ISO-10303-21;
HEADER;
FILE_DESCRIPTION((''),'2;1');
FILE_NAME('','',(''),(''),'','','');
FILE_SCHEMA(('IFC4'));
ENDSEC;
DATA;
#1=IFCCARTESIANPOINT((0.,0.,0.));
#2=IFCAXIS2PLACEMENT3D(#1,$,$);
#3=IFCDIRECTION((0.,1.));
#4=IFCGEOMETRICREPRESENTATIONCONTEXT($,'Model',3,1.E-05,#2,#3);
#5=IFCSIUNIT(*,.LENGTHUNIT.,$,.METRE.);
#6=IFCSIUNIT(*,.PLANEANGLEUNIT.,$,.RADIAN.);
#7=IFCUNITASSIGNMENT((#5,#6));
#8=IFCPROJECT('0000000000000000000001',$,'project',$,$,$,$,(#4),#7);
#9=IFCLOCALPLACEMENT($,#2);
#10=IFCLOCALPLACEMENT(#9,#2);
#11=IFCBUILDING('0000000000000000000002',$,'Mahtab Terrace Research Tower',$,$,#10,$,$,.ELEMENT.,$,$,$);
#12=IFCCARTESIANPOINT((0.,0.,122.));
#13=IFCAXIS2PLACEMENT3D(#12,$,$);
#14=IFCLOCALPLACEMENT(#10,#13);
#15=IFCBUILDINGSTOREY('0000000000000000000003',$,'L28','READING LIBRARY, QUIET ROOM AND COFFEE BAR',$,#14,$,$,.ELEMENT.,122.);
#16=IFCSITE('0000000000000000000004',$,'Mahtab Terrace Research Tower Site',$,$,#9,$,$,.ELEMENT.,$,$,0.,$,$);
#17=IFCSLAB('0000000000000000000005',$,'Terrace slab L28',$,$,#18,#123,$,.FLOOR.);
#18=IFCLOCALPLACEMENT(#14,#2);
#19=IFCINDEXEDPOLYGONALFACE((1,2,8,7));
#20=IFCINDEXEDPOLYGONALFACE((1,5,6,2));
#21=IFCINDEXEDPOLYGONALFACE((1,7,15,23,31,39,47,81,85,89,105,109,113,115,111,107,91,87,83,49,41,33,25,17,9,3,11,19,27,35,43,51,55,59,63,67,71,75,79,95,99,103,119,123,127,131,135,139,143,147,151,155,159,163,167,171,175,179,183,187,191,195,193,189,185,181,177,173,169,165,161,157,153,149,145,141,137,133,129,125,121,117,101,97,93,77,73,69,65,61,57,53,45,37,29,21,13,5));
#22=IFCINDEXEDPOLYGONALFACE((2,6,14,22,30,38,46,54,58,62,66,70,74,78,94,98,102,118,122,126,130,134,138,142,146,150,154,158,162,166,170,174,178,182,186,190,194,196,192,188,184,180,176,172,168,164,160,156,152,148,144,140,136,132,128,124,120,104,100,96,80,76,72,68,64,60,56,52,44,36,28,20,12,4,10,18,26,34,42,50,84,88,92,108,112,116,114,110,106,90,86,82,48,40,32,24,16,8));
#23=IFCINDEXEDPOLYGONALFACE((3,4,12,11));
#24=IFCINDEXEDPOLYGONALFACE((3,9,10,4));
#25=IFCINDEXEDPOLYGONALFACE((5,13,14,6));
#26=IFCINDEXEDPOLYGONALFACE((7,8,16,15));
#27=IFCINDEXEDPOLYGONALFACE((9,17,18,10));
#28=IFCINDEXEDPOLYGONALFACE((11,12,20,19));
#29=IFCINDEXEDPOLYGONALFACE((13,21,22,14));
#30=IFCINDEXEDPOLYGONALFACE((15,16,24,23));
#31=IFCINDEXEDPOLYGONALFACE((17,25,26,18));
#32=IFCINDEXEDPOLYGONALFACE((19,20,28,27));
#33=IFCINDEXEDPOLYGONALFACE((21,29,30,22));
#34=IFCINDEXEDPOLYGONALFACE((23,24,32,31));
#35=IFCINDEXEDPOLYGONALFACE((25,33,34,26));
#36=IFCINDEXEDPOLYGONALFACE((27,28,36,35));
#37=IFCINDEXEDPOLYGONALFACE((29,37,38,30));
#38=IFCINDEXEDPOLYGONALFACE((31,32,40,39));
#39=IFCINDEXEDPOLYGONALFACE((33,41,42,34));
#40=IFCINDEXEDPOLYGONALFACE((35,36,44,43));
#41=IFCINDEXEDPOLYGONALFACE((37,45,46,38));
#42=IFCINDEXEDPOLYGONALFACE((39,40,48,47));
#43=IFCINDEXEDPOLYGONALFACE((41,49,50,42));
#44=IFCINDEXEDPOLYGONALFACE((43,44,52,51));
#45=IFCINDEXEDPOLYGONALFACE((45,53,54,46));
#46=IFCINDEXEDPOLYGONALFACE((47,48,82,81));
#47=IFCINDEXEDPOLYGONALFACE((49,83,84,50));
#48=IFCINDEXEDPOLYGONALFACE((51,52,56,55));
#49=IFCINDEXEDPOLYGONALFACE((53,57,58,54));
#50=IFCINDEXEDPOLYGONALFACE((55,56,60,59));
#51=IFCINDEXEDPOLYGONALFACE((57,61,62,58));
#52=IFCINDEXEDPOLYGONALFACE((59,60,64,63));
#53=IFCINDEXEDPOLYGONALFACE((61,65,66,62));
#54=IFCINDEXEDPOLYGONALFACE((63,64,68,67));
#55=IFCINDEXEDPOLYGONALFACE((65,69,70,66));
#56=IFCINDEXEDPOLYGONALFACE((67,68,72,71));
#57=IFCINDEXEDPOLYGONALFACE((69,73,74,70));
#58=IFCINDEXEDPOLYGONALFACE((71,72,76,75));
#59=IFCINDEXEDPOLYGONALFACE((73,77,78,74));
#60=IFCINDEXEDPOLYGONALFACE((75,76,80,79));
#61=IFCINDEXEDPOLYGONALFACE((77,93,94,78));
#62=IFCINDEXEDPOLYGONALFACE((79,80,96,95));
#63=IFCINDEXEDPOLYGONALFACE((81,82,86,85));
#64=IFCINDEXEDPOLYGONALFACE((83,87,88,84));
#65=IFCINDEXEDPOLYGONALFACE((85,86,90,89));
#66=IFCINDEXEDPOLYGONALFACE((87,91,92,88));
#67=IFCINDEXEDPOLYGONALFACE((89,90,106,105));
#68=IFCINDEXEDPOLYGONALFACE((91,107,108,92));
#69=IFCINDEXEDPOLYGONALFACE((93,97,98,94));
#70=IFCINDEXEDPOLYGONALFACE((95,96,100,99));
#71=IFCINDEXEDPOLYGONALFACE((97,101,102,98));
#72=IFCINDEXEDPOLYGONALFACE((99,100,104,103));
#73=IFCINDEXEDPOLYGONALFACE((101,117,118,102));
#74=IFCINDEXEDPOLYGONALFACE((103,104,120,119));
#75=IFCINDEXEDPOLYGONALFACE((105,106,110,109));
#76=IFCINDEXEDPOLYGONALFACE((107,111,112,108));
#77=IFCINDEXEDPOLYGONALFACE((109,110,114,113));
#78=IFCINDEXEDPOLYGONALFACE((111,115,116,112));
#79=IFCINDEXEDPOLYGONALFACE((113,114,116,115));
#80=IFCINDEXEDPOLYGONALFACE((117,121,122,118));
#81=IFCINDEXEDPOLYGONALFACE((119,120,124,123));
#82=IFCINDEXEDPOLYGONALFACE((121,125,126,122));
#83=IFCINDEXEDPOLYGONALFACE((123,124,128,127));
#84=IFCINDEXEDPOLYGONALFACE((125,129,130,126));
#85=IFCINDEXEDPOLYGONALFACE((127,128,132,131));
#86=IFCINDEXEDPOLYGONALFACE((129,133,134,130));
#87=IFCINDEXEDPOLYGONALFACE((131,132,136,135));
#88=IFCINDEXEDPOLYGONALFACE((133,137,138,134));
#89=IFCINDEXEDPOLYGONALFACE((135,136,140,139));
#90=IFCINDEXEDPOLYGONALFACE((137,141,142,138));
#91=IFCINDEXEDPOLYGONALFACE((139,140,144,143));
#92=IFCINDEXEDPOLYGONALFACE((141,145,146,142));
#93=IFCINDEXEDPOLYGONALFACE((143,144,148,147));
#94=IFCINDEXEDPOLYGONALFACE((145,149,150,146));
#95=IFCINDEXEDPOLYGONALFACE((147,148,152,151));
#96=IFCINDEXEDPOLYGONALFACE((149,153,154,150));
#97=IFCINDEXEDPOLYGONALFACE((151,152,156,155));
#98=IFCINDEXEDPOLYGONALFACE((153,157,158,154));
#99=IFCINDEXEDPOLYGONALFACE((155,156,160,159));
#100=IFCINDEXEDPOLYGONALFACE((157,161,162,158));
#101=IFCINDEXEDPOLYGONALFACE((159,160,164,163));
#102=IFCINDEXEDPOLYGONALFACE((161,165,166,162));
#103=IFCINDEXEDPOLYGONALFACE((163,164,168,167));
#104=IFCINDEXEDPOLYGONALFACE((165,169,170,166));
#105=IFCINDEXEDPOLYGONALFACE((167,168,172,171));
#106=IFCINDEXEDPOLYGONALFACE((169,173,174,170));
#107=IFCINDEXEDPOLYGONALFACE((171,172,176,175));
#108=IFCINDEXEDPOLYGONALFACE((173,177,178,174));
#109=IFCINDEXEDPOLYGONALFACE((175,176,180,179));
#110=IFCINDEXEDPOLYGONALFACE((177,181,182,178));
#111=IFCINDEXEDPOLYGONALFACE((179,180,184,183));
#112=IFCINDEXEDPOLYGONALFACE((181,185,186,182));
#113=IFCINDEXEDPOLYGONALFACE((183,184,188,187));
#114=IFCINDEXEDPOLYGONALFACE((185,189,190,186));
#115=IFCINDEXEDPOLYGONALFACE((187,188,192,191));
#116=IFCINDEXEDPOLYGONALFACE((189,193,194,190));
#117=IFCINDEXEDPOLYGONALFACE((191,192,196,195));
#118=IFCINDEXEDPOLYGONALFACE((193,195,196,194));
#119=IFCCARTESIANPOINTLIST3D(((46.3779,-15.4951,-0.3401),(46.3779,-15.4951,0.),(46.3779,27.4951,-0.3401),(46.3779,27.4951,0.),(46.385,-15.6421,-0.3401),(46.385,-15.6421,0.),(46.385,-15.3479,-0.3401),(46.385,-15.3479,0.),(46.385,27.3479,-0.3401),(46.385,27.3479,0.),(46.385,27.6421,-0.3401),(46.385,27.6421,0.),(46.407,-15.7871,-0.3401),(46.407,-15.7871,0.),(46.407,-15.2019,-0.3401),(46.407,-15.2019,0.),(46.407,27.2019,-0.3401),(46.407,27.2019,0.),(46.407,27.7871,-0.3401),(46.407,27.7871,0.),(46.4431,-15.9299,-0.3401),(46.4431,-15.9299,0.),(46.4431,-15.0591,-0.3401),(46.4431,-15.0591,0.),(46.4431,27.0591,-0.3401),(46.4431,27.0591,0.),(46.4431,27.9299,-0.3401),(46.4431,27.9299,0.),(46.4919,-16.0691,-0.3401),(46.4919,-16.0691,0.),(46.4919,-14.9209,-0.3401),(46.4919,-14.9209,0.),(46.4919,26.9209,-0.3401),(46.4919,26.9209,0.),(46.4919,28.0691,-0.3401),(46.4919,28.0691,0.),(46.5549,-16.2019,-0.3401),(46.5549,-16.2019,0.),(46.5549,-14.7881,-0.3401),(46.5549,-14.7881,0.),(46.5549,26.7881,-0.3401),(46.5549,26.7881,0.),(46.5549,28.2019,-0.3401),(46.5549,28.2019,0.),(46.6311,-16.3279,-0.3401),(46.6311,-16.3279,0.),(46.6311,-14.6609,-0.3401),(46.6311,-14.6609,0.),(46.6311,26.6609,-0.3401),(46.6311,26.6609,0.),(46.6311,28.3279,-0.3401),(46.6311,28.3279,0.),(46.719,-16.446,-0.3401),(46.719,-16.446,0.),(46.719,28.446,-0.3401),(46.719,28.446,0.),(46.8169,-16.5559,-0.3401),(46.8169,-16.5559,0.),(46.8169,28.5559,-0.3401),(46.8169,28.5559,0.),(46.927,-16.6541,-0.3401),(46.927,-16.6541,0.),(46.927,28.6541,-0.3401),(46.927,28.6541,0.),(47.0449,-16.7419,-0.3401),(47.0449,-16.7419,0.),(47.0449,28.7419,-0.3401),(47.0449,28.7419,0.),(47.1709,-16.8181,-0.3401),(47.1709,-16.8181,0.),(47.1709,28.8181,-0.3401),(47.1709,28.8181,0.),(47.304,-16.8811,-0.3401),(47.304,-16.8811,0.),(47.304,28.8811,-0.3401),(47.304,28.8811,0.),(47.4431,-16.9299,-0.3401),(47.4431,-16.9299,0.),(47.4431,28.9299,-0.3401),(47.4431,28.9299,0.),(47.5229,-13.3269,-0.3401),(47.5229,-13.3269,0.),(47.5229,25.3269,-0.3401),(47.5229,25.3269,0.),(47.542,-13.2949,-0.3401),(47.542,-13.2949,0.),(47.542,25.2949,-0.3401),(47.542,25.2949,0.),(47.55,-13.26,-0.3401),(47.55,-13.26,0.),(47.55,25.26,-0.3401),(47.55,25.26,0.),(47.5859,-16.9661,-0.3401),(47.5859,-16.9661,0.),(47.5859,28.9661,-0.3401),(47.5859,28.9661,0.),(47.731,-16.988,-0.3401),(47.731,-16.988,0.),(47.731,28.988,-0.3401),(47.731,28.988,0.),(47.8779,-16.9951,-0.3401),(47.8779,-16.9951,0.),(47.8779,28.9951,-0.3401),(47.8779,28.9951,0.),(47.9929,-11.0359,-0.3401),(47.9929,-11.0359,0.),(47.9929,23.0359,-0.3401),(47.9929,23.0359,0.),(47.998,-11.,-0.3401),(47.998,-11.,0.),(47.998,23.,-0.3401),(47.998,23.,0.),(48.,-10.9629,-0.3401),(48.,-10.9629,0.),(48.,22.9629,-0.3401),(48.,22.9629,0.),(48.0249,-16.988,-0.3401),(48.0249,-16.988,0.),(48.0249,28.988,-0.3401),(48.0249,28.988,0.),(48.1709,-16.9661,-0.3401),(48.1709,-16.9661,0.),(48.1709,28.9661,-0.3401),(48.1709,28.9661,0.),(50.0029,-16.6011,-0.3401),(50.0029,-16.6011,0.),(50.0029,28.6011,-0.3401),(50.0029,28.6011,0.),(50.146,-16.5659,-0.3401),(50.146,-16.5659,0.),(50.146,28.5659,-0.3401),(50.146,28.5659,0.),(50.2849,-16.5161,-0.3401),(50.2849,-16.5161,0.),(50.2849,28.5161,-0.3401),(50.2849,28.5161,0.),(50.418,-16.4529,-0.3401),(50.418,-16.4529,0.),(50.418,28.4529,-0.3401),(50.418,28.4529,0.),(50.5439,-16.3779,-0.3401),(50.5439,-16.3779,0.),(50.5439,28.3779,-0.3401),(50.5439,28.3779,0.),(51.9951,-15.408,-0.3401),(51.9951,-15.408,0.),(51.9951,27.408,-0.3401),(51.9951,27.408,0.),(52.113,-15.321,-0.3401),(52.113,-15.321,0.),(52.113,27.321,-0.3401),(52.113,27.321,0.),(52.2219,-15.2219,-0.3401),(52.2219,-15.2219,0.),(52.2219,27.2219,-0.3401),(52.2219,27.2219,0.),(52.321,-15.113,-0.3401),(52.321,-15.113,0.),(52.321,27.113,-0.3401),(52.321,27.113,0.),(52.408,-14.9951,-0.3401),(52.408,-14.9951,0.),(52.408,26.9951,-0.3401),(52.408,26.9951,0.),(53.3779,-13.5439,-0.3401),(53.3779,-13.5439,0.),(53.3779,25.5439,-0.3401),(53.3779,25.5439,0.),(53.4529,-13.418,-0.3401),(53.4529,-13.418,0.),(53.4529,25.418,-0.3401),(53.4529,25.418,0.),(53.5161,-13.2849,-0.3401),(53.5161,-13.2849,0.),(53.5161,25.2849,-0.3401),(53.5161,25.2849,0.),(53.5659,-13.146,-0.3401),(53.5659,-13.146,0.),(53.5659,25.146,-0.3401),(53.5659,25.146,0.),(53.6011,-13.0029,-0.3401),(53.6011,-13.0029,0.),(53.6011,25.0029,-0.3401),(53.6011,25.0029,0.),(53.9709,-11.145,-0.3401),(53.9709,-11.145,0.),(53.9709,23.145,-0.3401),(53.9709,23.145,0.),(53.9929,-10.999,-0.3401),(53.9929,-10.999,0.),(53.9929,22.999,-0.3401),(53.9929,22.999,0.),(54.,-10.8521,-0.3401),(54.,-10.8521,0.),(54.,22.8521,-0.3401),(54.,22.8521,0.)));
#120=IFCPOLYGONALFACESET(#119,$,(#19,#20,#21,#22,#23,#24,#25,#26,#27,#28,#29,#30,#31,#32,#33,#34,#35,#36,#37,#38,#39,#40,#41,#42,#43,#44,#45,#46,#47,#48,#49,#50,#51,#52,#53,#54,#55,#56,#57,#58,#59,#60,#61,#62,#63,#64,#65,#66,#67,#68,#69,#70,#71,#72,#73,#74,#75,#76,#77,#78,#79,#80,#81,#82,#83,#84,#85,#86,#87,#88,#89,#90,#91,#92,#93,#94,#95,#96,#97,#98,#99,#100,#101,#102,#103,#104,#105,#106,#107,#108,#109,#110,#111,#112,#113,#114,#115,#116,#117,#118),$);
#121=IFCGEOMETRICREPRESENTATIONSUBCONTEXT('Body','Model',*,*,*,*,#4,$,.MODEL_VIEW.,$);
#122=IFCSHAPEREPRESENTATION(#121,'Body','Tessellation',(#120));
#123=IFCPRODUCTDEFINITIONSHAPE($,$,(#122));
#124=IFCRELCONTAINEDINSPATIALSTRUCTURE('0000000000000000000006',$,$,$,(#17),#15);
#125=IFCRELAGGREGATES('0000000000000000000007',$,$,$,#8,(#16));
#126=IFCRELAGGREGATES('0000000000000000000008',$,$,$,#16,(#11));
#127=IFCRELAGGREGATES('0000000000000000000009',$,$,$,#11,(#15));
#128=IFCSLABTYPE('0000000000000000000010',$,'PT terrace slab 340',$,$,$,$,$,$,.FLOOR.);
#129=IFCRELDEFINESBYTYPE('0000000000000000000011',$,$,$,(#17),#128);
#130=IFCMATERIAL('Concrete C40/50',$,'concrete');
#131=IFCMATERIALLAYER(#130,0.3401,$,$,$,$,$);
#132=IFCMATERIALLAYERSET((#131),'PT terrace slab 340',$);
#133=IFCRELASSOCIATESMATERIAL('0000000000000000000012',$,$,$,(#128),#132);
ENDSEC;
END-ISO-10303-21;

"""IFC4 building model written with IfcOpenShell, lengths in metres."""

from ifc_helpers import new_model, si_unit, direction, frame, origin, place, context, subcontext, project, spatial, polyline, outline, extrude, material, layer, layer_set, type_object, element, save


model = new_model("IFC4")

# Units and contexts
model_context = context("Model", 3, precision=1e-05, world=origin(), true_north=direction((0.0, 1.0)))
body_context = subcontext(model_context, "Body", "Model", "MODEL_VIEW")
ifc_project = project(units=[si_unit("LENGTHUNIT", "METRE"), si_unit("PLANEANGLEUNIT", "RADIAN")], contexts=[model_context])

# Site, building, storey
site_placement = place(None, origin())
site = spatial("IfcSite", under=ifc_project, at=site_placement, Name="Mahtab Terrace Research Tower Site", CompositionType="ELEMENT", RefElevation=0.0)
building_placement = place(site_placement, origin())
building = spatial("IfcBuilding", under=site, at=building_placement, Name="Mahtab Terrace Research Tower", CompositionType="ELEMENT")
storey_placement = place(building_placement, frame((0.0, 0.0, 122.0)))
storey = spatial("IfcBuildingStorey", under=building, at=storey_placement, Name="L28", Description="READING LIBRARY, QUIET ROOM AND COFFEE BAR", CompositionType="ELEMENT", Elevation=122.0)

# Slab
ifc_material_1 = material(Name="Concrete C40/50", Category="concrete")
ifc_layer_1 = layer(ifc_material_1, 0.3401)
ifc_layer_set_1 = layer_set([ifc_layer_1], Name="PT terrace slab 340")
slab_type_1 = type_object("IfcSlabType", Name="PT terrace slab 340", PredefinedType="FLOOR", material=ifc_layer_set_1)
slab_1_placement = place(storey_placement, frame((0.0, 0.0, -0.3401)))
element("IfcSlab", 1, at=slab_1_placement, inside=storey, type_object=slab_type_1, Name="Terrace slab L28", PredefinedType="FLOOR", context=body_context, shape_type="SweptSolid", body=[
    extrude(outline(polyline([(47.5229, 25.3269), (47.542, 25.2949), (47.55, 25.26), (47.9929, 23.0359), (47.998, 23.0), (48.0, 22.9629), (48.0, -10.9629), (47.998, -11.0), (47.9929, -11.0359), (47.55, -13.26), (47.542, -13.2949), (47.5229, -13.3269), (46.6311, -14.6609), (46.5549, -14.7881), (46.4919, -14.9209), (46.4431, -15.0591), (46.407, -15.2019), (46.385, -15.3479), (46.3779, -15.4951), (46.385, -15.6421), (46.407, -15.7871), (46.4431, -15.9299), (46.4919, -16.0691), (46.5549, -16.2019), (46.6311, -16.3279), (46.719, -16.446), (46.8169, -16.5559), (46.927, -16.6541), (47.0449, -16.7419), (47.1709, -16.8181), (47.304, -16.8811), (47.4431, -16.9299), (47.5859, -16.9661), (47.731, -16.988), (47.8779, -16.9951), (48.0249, -16.988), (48.1709, -16.9661), (50.0029, -16.6011), (50.146, -16.5659), (50.2849, -16.5161), (50.418, -16.4529), (50.5439, -16.3779), (51.9951, -15.408), (52.113, -15.321), (52.2219, -15.2219), (52.321, -15.113), (52.408, -14.9951), (53.3779, -13.5439), (53.4529, -13.418), (53.5161, -13.2849), (53.5659, -13.146), (53.6011, -13.0029), (53.9709, -11.145), (53.9929, -10.999), (54.0, -10.8521), (54.0, 22.8521), (53.9929, 22.999), (53.9709, 23.145), (53.6011, 25.0029), (53.5659, 25.146), (53.5161, 25.2849), (53.4529, 25.418), (53.3779, 25.5439), (52.408, 26.9951), (52.321, 27.113), (52.2219, 27.2219), (52.113, 27.321), (51.9951, 27.408), (50.5439, 28.3779), (50.418, 28.4529), (50.2849, 28.5161), (50.146, 28.5659), (50.0029, 28.6011), (48.1709, 28.9661), (48.0249, 28.988), (47.8779, 28.9951), (47.731, 28.988), (47.5859, 28.9661), (47.4431, 28.9299), (47.304, 28.8811), (47.1709, 28.8181), (47.0449, 28.7419), (46.927, 28.6541), (46.8169, 28.5559), (46.719, 28.446), (46.6311, 28.3279), (46.5549, 28.2019), (46.4919, 28.0691), (46.4431, 27.9299), (46.407, 27.7871), (46.385, 27.6421), (46.3779, 27.4951), (46.385, 27.3479), (46.407, 27.2019), (46.4431, 27.0591), (46.4919, 26.9209), (46.5549, 26.7881), (46.6311, 26.6609), (47.5229, 25.3269)])), origin(), (0.0, 0.0, 1.0), 0.3401),
])

save(model, "model.ifc")
